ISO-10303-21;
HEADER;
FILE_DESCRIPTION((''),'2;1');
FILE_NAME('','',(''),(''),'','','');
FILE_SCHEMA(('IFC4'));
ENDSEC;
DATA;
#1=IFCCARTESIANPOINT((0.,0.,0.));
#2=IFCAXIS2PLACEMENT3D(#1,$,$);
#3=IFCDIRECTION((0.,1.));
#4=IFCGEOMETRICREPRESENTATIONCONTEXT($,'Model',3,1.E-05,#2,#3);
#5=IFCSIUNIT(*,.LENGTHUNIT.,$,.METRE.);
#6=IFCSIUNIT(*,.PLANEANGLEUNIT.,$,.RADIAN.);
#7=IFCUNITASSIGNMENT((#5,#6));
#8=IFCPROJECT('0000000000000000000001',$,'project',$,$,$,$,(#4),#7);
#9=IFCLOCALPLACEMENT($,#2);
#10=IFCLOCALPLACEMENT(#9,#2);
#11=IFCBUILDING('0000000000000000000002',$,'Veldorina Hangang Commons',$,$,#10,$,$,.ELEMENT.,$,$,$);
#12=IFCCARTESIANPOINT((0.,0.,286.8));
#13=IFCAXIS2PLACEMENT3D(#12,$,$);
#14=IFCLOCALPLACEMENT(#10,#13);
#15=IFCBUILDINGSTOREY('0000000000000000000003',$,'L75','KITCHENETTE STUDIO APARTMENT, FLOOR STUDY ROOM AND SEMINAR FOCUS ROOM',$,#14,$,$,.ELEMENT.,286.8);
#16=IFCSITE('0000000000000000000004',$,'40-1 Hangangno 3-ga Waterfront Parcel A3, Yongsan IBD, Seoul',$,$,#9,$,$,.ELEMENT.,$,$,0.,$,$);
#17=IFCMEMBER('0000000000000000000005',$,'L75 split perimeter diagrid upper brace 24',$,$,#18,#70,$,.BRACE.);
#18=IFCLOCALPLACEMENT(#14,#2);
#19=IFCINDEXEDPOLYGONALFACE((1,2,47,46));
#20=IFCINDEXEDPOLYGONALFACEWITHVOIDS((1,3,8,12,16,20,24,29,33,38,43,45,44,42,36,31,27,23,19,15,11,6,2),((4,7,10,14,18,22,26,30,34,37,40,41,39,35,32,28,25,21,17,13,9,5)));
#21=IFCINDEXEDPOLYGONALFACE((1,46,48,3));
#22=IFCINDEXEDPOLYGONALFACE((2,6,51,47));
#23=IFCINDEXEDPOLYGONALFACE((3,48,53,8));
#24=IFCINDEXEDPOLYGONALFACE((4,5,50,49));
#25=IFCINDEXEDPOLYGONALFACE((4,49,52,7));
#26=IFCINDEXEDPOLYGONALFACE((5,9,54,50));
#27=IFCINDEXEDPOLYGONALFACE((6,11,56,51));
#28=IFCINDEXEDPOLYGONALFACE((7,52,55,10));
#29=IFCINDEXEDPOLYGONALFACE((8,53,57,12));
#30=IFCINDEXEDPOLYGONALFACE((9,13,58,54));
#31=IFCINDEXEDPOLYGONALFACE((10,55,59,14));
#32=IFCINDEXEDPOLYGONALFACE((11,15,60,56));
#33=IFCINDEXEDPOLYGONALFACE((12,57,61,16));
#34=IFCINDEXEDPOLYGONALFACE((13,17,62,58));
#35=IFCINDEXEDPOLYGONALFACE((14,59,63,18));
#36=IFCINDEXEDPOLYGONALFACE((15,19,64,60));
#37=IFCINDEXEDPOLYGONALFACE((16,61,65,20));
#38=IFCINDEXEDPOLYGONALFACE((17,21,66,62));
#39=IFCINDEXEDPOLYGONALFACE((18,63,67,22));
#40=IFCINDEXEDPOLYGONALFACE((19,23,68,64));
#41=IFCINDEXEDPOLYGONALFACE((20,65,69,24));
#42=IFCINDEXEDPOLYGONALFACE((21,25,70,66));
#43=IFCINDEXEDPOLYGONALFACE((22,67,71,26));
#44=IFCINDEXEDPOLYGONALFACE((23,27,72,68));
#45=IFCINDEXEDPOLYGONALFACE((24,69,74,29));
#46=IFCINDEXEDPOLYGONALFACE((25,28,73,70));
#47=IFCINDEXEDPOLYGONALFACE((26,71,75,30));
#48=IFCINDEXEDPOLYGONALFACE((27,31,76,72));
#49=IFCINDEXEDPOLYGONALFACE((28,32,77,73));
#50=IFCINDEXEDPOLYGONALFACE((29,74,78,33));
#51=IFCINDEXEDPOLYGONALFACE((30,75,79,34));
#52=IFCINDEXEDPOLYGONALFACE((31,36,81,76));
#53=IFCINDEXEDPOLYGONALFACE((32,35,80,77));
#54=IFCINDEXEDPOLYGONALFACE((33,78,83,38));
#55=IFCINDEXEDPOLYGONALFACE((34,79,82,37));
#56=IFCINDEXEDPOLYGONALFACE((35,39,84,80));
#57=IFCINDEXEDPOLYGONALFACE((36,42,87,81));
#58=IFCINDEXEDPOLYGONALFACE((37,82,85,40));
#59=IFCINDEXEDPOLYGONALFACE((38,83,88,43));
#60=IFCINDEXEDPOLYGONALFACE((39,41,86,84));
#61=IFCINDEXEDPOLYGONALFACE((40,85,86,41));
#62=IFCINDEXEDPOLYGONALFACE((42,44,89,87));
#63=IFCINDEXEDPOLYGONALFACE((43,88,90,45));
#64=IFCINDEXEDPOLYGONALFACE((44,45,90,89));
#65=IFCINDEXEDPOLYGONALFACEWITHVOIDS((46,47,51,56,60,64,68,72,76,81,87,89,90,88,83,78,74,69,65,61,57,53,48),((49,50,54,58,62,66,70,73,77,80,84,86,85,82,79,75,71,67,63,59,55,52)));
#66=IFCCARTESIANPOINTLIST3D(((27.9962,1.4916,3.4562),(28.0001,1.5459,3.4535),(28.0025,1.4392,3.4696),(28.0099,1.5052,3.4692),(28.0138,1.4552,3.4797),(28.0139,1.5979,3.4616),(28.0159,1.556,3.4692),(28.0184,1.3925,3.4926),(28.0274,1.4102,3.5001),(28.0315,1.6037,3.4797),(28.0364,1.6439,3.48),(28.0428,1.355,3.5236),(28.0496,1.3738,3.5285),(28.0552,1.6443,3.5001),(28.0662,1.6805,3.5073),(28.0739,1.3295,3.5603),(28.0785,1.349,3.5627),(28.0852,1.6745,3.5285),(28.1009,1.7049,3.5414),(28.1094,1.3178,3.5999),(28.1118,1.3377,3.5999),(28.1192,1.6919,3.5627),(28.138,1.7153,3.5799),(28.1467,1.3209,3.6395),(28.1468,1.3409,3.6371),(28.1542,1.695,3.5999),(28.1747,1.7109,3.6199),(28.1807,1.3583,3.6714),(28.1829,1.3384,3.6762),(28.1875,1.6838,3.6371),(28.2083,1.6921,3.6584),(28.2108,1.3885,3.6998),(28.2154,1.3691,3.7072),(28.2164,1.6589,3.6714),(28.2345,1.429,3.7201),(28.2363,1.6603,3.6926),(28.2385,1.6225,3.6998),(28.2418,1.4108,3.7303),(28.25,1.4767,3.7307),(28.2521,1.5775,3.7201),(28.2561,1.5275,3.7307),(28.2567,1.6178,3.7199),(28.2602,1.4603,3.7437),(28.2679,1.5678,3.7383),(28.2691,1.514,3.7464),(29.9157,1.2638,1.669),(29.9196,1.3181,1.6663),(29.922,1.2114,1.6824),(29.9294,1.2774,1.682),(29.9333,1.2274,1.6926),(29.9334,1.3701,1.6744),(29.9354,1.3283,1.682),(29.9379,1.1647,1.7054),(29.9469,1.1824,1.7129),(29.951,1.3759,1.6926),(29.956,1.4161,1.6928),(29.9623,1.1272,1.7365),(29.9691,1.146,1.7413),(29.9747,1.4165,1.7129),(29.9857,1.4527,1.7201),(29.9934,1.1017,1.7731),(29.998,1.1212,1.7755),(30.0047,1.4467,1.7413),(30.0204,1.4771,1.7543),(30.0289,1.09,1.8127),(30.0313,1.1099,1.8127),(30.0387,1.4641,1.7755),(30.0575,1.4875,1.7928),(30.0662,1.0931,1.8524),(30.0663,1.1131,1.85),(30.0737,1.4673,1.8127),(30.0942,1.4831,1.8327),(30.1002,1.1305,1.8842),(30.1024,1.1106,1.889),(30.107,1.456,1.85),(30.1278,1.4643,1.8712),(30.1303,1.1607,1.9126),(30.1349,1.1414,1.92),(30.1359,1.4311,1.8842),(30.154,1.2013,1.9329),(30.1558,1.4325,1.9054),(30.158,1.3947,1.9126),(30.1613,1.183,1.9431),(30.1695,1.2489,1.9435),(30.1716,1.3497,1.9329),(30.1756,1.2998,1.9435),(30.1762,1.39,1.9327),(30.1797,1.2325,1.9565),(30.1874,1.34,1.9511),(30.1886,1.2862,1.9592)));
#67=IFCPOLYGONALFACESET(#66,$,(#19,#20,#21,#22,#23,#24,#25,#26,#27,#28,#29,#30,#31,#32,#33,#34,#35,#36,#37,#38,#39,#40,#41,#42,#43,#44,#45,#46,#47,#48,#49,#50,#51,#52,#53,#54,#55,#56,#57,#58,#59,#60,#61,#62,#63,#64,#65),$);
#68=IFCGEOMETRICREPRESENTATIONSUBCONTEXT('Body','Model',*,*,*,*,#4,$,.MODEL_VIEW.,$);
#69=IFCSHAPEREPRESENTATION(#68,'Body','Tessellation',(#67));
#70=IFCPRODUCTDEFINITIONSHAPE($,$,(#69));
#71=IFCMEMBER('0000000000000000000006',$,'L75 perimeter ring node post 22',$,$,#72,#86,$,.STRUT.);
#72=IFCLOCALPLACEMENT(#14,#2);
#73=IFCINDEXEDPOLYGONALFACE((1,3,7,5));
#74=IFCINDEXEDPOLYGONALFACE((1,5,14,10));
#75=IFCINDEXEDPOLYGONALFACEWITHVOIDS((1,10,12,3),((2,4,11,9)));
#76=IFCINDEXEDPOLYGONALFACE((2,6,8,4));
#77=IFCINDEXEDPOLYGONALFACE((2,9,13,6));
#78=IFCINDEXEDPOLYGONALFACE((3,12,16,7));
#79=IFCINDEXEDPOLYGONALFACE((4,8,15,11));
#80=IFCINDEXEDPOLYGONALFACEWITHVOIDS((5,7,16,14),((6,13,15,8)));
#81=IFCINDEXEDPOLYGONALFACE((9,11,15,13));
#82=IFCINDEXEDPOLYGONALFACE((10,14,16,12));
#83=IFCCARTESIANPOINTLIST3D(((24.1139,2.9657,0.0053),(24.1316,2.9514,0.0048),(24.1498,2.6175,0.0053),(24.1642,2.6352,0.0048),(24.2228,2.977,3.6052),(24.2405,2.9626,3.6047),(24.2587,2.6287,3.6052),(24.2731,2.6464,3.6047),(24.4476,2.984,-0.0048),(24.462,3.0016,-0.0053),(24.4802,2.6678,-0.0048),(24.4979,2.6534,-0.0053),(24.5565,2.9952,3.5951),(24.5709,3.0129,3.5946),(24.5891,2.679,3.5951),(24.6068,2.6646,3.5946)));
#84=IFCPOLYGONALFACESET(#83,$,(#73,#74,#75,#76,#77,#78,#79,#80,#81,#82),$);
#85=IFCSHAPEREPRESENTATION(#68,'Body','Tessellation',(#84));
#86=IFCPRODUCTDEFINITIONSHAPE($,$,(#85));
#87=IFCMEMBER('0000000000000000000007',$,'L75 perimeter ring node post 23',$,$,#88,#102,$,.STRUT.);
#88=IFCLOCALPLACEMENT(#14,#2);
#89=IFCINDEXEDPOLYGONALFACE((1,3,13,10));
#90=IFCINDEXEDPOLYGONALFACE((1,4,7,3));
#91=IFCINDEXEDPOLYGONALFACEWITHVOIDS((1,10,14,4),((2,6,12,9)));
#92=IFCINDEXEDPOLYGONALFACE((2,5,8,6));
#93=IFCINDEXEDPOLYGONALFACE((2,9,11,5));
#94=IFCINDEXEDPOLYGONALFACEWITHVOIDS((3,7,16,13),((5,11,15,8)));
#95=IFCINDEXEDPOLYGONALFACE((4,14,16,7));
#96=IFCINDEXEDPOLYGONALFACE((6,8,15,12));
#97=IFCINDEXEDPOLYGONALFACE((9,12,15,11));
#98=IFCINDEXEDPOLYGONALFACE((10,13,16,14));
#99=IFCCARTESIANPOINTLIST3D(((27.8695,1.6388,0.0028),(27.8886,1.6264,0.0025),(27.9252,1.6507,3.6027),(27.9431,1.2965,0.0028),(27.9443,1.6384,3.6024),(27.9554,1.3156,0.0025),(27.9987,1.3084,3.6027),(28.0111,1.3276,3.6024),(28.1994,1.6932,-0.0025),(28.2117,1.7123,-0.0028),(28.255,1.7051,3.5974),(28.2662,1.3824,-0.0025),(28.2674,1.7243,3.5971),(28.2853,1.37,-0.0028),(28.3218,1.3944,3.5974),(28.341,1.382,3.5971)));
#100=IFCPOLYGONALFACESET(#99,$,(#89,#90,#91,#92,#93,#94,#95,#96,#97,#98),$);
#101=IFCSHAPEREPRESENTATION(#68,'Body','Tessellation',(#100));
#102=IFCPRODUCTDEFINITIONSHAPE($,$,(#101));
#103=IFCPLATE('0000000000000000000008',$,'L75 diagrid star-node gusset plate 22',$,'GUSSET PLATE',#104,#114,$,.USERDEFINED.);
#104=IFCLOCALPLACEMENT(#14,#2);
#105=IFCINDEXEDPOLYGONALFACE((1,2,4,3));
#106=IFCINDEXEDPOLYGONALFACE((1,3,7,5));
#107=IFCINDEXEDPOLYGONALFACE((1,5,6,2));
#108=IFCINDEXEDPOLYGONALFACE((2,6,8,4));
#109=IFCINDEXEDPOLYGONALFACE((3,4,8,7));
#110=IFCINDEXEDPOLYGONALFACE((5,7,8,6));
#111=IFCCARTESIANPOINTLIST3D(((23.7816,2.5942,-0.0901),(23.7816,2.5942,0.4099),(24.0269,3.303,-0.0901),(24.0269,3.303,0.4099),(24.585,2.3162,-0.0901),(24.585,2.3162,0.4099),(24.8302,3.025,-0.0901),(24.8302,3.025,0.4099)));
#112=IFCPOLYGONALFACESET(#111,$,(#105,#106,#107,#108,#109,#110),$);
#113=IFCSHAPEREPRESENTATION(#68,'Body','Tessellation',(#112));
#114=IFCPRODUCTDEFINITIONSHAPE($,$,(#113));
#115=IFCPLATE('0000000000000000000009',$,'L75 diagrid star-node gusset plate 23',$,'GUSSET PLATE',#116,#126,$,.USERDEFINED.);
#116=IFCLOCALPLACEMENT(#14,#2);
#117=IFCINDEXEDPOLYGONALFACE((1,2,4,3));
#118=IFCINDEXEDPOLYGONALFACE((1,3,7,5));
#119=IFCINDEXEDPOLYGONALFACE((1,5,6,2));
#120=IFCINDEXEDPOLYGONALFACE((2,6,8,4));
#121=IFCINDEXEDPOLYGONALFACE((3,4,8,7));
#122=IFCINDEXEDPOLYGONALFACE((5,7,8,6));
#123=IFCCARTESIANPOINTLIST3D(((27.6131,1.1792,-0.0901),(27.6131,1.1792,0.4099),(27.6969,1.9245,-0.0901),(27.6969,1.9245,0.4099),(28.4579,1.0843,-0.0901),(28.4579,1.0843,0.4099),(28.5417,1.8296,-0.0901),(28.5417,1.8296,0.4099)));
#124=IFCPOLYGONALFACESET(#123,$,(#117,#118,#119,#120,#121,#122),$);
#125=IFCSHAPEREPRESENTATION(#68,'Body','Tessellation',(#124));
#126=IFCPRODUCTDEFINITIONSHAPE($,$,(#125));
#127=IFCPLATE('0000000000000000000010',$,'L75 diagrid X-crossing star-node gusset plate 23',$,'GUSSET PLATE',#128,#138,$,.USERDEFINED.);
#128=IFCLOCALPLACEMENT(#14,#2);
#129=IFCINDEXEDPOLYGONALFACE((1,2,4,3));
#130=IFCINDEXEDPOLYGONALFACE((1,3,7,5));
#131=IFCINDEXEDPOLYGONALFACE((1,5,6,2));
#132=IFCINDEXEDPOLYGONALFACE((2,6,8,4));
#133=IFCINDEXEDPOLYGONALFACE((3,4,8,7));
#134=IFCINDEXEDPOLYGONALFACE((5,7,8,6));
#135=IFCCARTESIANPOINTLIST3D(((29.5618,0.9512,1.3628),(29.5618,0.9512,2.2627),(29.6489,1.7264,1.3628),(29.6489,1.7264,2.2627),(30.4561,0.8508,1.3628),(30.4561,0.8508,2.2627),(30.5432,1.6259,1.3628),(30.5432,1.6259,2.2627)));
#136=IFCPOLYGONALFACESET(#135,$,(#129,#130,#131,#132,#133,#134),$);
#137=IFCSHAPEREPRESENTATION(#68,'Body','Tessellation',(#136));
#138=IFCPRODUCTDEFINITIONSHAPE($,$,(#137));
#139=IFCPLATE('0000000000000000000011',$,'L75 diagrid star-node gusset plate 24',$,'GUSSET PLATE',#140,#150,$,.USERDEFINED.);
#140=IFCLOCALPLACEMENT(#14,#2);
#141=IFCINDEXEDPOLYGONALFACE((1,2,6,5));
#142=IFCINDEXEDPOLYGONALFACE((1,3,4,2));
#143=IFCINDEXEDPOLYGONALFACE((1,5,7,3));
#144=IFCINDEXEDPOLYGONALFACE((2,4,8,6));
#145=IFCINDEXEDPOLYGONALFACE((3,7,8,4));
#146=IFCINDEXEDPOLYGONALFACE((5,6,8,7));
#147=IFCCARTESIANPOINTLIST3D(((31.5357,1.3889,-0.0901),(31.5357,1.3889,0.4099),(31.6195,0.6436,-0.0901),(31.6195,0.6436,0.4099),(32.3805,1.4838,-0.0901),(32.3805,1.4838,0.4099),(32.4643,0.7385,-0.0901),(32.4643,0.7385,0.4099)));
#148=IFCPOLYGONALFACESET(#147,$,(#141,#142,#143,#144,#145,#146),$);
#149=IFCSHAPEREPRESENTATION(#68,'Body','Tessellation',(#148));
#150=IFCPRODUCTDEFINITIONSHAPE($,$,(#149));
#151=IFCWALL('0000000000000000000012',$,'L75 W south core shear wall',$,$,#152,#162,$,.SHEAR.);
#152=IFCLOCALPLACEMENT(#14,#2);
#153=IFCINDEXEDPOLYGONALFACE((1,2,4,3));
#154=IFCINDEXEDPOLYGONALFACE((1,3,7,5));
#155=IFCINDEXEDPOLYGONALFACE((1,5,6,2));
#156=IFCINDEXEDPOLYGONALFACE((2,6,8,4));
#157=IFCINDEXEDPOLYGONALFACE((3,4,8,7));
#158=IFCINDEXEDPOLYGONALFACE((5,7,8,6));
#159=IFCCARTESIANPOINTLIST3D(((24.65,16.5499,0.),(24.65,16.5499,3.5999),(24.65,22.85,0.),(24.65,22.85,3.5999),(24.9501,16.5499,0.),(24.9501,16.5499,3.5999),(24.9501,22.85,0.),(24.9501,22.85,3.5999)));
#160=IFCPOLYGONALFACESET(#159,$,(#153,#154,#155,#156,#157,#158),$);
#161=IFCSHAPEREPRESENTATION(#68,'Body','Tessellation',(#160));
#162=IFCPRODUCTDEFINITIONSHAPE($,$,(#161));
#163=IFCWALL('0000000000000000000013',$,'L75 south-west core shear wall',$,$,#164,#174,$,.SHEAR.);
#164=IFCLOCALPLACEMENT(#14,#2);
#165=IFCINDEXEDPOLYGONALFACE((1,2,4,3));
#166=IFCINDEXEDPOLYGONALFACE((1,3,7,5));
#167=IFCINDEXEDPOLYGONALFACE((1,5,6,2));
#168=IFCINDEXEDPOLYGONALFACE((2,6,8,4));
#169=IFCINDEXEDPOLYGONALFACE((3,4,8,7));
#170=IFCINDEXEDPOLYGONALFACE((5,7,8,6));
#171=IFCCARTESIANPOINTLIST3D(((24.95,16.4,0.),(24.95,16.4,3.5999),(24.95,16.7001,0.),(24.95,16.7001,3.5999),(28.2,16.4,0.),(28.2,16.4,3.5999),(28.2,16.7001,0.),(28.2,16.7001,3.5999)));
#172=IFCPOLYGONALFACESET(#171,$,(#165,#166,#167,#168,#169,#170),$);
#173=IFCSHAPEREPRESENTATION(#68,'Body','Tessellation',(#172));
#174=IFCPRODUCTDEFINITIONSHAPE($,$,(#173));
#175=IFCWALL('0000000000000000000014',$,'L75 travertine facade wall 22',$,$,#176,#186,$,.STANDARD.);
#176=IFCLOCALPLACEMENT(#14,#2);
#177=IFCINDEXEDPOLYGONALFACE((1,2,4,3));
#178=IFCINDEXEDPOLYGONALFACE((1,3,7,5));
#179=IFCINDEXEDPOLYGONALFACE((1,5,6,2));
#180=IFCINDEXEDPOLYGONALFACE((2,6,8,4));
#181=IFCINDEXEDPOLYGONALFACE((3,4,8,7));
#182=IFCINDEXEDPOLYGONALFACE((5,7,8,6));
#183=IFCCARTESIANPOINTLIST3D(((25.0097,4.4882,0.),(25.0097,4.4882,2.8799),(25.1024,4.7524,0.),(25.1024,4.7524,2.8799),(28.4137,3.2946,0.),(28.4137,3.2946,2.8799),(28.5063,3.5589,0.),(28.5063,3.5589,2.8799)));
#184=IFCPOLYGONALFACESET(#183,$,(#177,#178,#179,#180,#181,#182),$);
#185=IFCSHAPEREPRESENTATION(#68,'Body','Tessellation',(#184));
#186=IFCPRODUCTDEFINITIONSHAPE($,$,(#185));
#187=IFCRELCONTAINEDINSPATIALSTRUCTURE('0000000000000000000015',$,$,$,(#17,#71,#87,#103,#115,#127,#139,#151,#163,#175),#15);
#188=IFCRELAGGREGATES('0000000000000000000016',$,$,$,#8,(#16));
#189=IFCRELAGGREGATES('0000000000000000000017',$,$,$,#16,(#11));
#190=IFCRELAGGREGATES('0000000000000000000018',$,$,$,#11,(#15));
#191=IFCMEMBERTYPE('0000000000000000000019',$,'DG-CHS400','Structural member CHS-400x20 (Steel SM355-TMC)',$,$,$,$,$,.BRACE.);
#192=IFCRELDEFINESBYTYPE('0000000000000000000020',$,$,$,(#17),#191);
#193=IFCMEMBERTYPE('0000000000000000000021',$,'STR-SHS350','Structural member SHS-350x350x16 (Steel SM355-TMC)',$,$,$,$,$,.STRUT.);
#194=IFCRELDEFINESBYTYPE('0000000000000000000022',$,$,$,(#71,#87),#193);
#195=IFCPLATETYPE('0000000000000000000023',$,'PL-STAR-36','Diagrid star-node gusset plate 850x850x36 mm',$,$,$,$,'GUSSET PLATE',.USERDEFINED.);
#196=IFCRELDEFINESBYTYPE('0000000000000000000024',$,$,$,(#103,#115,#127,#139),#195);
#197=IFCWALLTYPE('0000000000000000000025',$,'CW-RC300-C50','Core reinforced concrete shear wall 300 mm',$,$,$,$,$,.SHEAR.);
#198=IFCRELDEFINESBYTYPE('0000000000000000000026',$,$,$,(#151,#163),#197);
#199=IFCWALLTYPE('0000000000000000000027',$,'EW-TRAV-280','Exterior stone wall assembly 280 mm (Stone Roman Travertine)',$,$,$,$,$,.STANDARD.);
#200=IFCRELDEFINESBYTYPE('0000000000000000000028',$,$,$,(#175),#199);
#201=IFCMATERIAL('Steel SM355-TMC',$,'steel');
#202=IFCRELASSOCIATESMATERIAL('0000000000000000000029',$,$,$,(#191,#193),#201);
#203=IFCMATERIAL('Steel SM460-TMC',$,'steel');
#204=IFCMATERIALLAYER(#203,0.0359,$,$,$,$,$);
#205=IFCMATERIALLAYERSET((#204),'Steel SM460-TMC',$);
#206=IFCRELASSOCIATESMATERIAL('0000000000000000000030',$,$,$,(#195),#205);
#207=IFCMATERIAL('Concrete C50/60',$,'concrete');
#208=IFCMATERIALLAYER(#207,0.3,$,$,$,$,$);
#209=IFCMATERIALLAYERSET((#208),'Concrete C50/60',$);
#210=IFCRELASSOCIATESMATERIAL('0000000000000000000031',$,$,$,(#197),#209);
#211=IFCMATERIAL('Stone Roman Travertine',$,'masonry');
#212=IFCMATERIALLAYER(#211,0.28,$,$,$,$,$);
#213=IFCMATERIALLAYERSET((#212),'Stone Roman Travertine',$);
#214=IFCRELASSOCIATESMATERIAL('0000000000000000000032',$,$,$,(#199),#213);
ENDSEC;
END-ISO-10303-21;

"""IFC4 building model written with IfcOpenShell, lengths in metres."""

from ifc_helpers import new_model, si_unit, direction, frame, frame_2d, origin, origin_2d, place, context, subcontext, project, spatial, rectangle, hollow_rectangle, hollow_circle, extrude, material, layer, layer_set, material_profile, profile_set, type_object, element, save


model = new_model("IFC4")

# Units and contexts
model_context = context("Model", 3, precision=1e-05, world=origin(), true_north=direction((0.0, 1.0)))
body_context = subcontext(model_context, "Body", "Model", "MODEL_VIEW")
ifc_project = project(units=[si_unit("LENGTHUNIT", "METRE"), si_unit("PLANEANGLEUNIT", "RADIAN")], contexts=[model_context])

# Site, building, storey
site_placement = place(None, origin())
site = spatial("IfcSite", under=ifc_project, at=site_placement, Name="40-1 Hangangno 3-ga Waterfront Parcel A3, Yongsan IBD, Seoul", CompositionType="ELEMENT", RefElevation=0.0)
building_placement = place(site_placement, origin())
building = spatial("IfcBuilding", under=site, at=building_placement, Name="Veldorina Hangang Commons", CompositionType="ELEMENT")
storey_placement = place(building_placement, frame((0.0, 0.0, 286.8)))
storey = spatial("IfcBuildingStorey", under=building, at=storey_placement, Name="L75", Description="KITCHENETTE STUDIO APARTMENT, FLOOR STUDY ROOM AND SEMINAR FOCUS ROOM", CompositionType="ELEMENT", Elevation=286.8)

# Shared definitions
ifc_material_1 = material(Name="Steel SM355-TMC", Category="steel")

# Members
ifc_material_profile_1 = material_profile(ifc_material_1, hollow_circle(Radius=0.2, WallThickness=0.02, at=origin_2d()), Name="CHS-400x20")
ifc_profile_set_1 = profile_set([ifc_material_profile_1], Name="Steel SM355-TMC")
member_type_1 = type_object("IfcMemberType", Name="DG-CHS400", Description="Structural member CHS-400x20 (Steel SM355-TMC)", PredefinedType="BRACE", material=ifc_profile_set_1)
member_1_placement = place(storey_placement, frame((30.0525, 1.2886, 1.8127), z_axis=(-0.729139, 0.086528, 0.678873), x_axis=(-0.117845, -0.993032, 0.0)))
element("IfcMember", 1, at=member_1_placement, inside=storey, type_object=member_type_1, Name="L75 split perimeter diagrid upper brace 24", PredefinedType="BRACE", context=body_context, shape_type="SweptSolid", body=[
    extrude(hollow_circle(Radius=0.2, WallThickness=0.02, at=origin_2d()), origin(), (0.0, 0.0, 1.0), 2.6326),
])
ifc_material_profile_2 = material_profile(ifc_material_1, hollow_rectangle(XDim=0.3501, YDim=0.3501, WallThickness=0.0161, at=origin_2d()), Name="SHS-350x350x16")
ifc_profile_set_2 = profile_set([ifc_material_profile_2], Name="Steel SM355-TMC")
member_type_2 = type_object("IfcMemberType", Name="STR-SHS350", Description="Structural member SHS-350x350x16 (Steel SM355-TMC)", PredefinedType="STRUT", material=ifc_profile_set_2)
member_2_placement = place(storey_placement, frame((24.3059, 2.8096, 0.0), z_axis=(0.030234, 0.003118, 0.999538), x_axis=(-0.102595, 0.994723, 0.0)))
element("IfcMember", 2, at=member_2_placement, inside=storey, type_object=member_type_2, Name="L75 perimeter ring node post 22", PredefinedType="STRUT", context=body_context, shape_type="SweptSolid", body=[
    extrude(hollow_rectangle(XDim=0.3501, YDim=0.3501, WallThickness=0.0161, at=origin_2d()), origin(), (0.0, 0.0, 1.0), 3.6016),
])
member_3_placement = place(storey_placement, frame((28.0774, 1.5044, 0.0), z_axis=(0.015461, 0.003323, 0.999875), x_axis=(-0.210115, 0.977677, 0.0)))
element("IfcMember", 3, at=member_3_placement, inside=storey, type_object=member_type_2, Name="L75 perimeter ring node post 23", PredefinedType="STRUT", context=body_context, shape_type="SweptSolid", body=[
    extrude(hollow_rectangle(XDim=0.3501, YDim=0.3501, WallThickness=0.0161, at=origin_2d()), origin(), (0.0, 0.0, 1.0), 3.6003),
])

# Plates
ifc_material_2 = material(Name="Steel SM460-TMC", Category="steel")
ifc_layer_1 = layer(ifc_material_2, 0.0359)
ifc_layer_set_1 = layer_set([ifc_layer_1], Name="Steel SM460-TMC")
plate_type = type_object("IfcPlateType", Name="PL-STAR-36", Description="Diagrid star-node gusset plate 850x850x36 mm", ElementType="GUSSET PLATE", PredefinedType="USERDEFINED", material=ifc_layer_set_1)
for number, where, z_axis, x_axis, name in (
    (4, (24.3059, 2.8096, -0.0901), (0.0, 0.0, 1.0), (0.945017, -0.32702, 0.0), "L75 diagrid star-node gusset plate 22"),
    (5, (28.0774, 1.5044, -0.0901), (0.0, 0.0, 1.0), (0.993748, -0.111642, 0.0), "L75 diagrid star-node gusset plate 23"),
):
    element("IfcPlate", number, at=place(storey_placement, frame(where, z_axis=z_axis, x_axis=x_axis)), inside=storey, type_object=plate_type, Name=name, ObjectType="GUSSET PLATE", PredefinedType="USERDEFINED", context=body_context, shape_type="SweptSolid", body=[
        extrude(rectangle(XDim=0.8501, YDim=0.75, at=origin_2d()), origin(), (0.0, 0.0, 1.0), 0.5),
    ])
plate_1_placement = place(storey_placement, frame((30.0525, 1.2886, 1.3628), z_axis=(0.0, 0.0, 1.0), x_axis=(0.993748, -0.111642, 0.0)))
element("IfcPlate", 6, at=plate_1_placement, inside=storey, type_object=plate_type, Name="L75 diagrid X-crossing star-node gusset plate 23", ObjectType="GUSSET PLATE", PredefinedType="USERDEFINED", context=body_context, shape_type="SweptSolid", body=[
    extrude(rectangle(XDim=0.8999, YDim=0.78, at=origin_2d()), origin(), (0.0, 0.0, 1.0), 0.8999),
])
plate_2_placement = place(storey_placement, frame((32.0, 1.0637, -0.0901), z_axis=(0.0, 0.0, 1.0), x_axis=(0.993748, 0.111642, 0.0)))
element("IfcPlate", 7, at=plate_2_placement, inside=storey, type_object=plate_type, Name="L75 diagrid star-node gusset plate 24", ObjectType="GUSSET PLATE", PredefinedType="USERDEFINED", context=body_context, shape_type="SweptSolid", body=[
    extrude(rectangle(XDim=0.8501, YDim=0.75, at=origin_2d()), origin(), (0.0, 0.0, 1.0), 0.5),
])

# Walls
ifc_material_3 = material(Name="Concrete C50/60", Category="concrete")
ifc_layer_2 = layer(ifc_material_3, 0.3)
ifc_layer_set_2 = layer_set([ifc_layer_2], Name="Concrete C50/60")
wall_type_1 = type_object("IfcWallType", Name="CW-RC300-C50", Description="Core reinforced concrete shear wall 300 mm", PredefinedType="SHEAR", material=ifc_layer_set_2)
wall_1_placement = place(storey_placement, frame((24.8, 16.55, 0.0), z_axis=(0.0, 0.0, 1.0), x_axis=(0.0, 1.0, 0.0)))
element("IfcWall", 8, at=wall_1_placement, inside=storey, type_object=wall_type_1, Name="L75 W south core shear wall", PredefinedType="SHEAR", context=body_context, shape_type="SweptSolid", body=[
    extrude(rectangle(XDim=6.3, YDim=0.3, at=frame_2d((3.1499, 0.0))), origin(), (0.0, 0.0, 1.0), 3.5999),
])
wall_2_placement = place(storey_placement, frame((24.95, 16.55, 0.0), z_axis=(0.0, 0.0, 1.0), x_axis=(1.0, 0.0, 0.0)))
element("IfcWall", 9, at=wall_2_placement, inside=storey, type_object=wall_type_1, Name="L75 south-west core shear wall", PredefinedType="SHEAR", context=body_context, shape_type="SweptSolid", body=[
    extrude(rectangle(XDim=3.25, YDim=0.3, at=frame_2d((1.625, 0.0))), origin(), (0.0, 0.0, 1.0), 3.5999),
])
ifc_material_4 = material(Name="Stone Roman Travertine", Category="masonry")
ifc_layer_3 = layer(ifc_material_4, 0.28)
ifc_layer_set_3 = layer_set([ifc_layer_3], Name="Stone Roman Travertine")
wall_type_2 = type_object("IfcWallType", Name="EW-TRAV-280", Description="Exterior stone wall assembly 280 mm (Stone Roman Travertine)", PredefinedType="STANDARD", material=ifc_layer_set_3)
wall_3_placement = place(storey_placement, frame((25.0559, 4.6204, 0.0), z_axis=(0.0, 0.0, 1.0), x_axis=(0.943669, -0.33089, 0.0)))
element("IfcWall", 10, at=wall_3_placement, inside=storey, type_object=wall_type_2, Name="L75 travertine facade wall 22", PredefinedType="STANDARD", context=body_context, shape_type="SweptSolid", body=[
    extrude(rectangle(XDim=3.6072, YDim=0.28, at=frame_2d((1.8037, 0.0))), origin(), (0.0, 0.0, 1.0), 2.8799),
])

save(model, "model.ifc")
